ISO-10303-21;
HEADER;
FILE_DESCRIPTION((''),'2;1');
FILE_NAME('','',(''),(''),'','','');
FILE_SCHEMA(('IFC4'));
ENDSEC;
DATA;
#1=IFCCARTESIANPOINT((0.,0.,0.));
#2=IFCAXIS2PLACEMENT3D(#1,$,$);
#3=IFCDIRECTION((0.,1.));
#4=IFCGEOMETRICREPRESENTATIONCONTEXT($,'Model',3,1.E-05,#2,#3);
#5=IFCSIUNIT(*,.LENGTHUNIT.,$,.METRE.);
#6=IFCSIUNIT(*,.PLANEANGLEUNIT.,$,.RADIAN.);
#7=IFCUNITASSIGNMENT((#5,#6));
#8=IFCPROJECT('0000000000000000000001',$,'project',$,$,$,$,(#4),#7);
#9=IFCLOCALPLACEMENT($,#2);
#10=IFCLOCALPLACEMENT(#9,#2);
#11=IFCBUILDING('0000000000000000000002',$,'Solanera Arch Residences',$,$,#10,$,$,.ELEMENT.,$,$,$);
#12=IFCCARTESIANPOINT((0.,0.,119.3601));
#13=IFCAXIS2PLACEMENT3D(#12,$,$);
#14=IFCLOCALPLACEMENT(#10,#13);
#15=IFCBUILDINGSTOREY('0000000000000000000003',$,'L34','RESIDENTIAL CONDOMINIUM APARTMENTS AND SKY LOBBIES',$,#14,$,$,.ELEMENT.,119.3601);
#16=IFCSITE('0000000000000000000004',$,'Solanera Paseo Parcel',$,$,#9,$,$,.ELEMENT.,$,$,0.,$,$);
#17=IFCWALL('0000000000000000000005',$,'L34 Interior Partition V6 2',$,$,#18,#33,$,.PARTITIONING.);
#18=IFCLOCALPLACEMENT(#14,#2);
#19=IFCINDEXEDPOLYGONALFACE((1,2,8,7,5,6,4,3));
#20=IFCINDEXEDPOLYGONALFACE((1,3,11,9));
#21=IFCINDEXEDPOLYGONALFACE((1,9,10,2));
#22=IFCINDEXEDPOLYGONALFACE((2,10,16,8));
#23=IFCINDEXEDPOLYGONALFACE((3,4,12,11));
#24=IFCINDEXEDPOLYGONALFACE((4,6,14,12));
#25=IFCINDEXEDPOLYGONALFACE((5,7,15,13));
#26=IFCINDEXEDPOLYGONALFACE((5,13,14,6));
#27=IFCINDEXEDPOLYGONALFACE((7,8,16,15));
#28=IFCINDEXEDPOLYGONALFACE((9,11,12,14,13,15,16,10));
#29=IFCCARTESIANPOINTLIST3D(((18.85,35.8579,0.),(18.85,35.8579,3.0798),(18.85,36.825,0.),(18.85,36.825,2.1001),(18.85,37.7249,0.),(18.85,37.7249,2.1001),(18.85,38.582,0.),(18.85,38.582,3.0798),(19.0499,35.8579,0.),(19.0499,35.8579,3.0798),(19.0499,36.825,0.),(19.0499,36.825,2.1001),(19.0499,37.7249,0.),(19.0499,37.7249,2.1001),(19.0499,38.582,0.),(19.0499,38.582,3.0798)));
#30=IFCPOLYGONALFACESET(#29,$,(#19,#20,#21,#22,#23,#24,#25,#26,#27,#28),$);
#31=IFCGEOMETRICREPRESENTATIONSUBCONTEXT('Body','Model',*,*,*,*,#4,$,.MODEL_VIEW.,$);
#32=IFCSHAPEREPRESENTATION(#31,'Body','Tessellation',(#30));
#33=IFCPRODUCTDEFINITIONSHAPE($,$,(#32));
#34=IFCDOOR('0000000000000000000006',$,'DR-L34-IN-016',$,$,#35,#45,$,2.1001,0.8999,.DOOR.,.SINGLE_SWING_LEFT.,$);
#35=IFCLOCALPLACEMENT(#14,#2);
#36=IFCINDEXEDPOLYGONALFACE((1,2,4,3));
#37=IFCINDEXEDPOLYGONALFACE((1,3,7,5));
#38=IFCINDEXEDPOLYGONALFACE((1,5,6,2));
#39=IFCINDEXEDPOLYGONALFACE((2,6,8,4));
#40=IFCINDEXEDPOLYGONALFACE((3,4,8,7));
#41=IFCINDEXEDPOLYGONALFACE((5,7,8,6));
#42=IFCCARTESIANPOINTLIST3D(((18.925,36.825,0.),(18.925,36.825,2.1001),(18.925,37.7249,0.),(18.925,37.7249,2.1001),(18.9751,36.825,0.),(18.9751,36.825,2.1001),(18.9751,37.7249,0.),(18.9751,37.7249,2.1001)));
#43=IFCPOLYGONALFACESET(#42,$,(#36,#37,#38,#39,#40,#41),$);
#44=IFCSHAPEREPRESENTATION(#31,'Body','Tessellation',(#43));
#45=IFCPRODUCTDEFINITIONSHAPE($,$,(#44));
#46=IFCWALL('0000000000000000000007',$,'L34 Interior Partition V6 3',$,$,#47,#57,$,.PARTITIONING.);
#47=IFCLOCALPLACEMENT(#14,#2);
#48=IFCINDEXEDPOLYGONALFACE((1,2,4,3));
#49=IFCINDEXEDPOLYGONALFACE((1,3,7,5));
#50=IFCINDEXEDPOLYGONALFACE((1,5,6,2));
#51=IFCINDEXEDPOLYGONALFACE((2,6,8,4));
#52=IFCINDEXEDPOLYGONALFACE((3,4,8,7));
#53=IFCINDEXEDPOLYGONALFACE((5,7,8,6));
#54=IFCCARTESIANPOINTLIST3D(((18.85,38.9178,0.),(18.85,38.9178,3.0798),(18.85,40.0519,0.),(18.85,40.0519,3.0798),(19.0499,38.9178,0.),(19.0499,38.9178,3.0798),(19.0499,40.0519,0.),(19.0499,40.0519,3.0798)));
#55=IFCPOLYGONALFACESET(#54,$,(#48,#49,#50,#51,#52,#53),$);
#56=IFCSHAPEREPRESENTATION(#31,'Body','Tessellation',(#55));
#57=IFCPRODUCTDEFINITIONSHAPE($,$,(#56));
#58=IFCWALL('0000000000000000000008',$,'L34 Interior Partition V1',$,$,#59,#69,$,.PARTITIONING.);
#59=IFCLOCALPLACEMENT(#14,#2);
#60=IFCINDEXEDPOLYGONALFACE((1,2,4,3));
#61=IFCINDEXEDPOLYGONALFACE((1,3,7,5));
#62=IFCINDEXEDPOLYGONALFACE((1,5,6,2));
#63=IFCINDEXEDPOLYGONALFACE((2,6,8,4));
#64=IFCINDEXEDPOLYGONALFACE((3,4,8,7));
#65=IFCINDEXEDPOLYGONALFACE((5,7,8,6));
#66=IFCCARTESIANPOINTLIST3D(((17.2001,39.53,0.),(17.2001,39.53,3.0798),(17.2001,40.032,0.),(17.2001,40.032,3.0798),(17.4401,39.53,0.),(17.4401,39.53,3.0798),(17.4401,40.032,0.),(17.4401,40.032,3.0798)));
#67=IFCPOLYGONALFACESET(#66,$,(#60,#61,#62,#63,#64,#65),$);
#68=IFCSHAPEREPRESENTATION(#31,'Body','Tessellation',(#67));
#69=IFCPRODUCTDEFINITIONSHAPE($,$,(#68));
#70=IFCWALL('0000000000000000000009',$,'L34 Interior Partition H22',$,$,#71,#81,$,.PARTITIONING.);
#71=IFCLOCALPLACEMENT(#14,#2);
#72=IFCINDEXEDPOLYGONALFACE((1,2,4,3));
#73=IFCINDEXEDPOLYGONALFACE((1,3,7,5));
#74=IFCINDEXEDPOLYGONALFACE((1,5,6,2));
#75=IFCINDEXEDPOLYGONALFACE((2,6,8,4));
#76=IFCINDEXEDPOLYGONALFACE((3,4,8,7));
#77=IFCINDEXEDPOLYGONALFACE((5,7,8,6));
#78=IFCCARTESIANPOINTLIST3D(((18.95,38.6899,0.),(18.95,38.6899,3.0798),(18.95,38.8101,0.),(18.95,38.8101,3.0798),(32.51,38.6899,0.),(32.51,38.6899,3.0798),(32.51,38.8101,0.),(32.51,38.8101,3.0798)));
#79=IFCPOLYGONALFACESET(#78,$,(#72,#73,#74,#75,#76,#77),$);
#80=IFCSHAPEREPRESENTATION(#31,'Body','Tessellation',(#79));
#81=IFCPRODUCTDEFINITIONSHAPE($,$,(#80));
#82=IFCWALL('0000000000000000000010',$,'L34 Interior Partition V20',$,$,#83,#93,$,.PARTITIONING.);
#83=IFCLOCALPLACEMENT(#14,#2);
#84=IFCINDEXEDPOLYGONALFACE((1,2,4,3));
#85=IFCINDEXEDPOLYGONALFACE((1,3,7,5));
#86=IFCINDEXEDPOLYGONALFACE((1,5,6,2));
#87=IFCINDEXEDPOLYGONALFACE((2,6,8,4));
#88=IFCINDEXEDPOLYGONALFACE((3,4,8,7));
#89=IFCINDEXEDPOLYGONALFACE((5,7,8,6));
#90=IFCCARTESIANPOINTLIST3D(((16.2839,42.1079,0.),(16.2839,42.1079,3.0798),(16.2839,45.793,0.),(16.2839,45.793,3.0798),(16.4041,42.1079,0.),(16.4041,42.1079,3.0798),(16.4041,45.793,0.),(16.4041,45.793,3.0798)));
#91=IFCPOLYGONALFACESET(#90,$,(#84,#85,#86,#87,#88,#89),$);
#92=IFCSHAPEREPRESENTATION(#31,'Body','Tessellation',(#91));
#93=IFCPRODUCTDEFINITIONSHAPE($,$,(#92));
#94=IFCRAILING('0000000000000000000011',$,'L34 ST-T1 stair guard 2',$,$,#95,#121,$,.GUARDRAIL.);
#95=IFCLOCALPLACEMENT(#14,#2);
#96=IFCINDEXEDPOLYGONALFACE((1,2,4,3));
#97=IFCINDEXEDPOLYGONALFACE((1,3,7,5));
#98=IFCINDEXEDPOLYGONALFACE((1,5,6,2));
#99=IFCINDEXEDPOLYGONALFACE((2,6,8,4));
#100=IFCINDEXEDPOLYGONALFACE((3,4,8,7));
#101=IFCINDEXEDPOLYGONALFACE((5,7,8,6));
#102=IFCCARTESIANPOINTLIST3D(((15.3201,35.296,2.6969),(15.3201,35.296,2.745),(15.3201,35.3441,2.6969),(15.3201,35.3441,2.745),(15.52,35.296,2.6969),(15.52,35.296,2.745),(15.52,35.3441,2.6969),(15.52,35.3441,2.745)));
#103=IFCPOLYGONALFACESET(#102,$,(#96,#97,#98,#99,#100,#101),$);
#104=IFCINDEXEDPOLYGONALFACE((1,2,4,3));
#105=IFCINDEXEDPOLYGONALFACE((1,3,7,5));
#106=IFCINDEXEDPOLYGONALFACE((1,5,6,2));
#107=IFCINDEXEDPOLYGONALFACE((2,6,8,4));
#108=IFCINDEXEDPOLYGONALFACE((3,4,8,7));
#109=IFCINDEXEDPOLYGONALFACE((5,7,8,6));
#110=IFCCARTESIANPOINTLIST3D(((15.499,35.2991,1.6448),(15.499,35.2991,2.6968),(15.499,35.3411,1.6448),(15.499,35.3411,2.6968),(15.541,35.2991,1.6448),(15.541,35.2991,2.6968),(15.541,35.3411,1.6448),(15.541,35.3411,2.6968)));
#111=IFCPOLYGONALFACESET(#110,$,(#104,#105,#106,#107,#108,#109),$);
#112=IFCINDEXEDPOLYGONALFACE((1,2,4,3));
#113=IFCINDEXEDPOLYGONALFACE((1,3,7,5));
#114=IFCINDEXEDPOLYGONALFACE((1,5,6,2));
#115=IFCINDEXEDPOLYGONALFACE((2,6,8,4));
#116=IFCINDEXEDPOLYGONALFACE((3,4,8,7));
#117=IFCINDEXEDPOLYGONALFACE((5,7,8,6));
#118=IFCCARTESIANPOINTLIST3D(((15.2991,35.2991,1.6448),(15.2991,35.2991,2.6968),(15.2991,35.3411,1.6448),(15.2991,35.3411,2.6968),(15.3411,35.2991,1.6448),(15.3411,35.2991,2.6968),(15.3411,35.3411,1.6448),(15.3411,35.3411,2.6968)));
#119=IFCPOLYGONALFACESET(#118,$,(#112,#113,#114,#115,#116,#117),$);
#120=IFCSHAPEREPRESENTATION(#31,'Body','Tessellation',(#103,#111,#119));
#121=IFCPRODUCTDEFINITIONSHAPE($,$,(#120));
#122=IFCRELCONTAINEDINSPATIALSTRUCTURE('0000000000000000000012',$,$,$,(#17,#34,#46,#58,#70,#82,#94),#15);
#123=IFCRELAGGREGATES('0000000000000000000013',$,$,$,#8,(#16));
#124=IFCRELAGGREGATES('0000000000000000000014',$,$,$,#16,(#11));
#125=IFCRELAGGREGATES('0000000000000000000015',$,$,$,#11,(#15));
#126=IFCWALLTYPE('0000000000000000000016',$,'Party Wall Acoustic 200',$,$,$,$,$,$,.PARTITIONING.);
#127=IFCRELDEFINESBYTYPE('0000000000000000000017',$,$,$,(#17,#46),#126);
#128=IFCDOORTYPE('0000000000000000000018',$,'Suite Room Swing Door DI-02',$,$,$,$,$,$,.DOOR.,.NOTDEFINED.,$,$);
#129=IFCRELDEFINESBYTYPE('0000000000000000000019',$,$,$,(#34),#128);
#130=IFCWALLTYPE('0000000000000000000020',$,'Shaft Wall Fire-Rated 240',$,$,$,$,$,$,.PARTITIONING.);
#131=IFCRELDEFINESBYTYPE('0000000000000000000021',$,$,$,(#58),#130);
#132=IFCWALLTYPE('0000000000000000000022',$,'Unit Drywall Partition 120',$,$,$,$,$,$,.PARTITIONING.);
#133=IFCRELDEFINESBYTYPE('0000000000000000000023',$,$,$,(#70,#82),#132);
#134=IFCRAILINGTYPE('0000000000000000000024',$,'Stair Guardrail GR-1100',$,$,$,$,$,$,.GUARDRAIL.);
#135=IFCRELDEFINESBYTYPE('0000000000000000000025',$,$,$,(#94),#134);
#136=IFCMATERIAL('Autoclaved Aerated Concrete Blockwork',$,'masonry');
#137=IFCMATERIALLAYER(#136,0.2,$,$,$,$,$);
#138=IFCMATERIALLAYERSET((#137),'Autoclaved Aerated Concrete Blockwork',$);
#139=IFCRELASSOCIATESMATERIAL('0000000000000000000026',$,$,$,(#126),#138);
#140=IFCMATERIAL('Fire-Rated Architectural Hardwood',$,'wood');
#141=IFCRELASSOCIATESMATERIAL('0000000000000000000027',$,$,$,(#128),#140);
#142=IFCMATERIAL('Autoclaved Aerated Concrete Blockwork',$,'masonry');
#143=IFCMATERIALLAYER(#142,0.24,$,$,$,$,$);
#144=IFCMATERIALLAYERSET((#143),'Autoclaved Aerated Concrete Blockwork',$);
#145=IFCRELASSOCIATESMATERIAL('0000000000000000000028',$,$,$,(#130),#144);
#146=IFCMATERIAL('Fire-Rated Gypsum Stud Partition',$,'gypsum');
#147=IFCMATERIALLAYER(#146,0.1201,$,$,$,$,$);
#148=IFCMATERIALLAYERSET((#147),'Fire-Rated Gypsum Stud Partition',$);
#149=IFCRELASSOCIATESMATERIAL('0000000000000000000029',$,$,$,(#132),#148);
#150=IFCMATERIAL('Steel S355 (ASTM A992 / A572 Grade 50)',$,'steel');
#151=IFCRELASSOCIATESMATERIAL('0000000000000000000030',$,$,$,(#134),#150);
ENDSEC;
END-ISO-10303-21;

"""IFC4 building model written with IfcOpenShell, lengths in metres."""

from ifc_helpers import new_model, si_unit, direction, frame, frame_2d, origin, origin_2d, place, context, subcontext, project, spatial, rectangle, extrude, material, layer, layer_set, type_object, element, fill, save


model = new_model("IFC4")

# Units and contexts
model_context = context("Model", 3, precision=1e-05, world=origin(), true_north=direction((0.0, 1.0)))
body_context = subcontext(model_context, "Body", "Model", "MODEL_VIEW")
ifc_project = project(units=[si_unit("LENGTHUNIT", "METRE"), si_unit("PLANEANGLEUNIT", "RADIAN")], contexts=[model_context])

# Site, building, storey
site_placement = place(None, origin())
site = spatial("IfcSite", under=ifc_project, at=site_placement, Name="Solanera Paseo Parcel", CompositionType="ELEMENT", RefElevation=0.0)
building_placement = place(site_placement, origin())
building = spatial("IfcBuilding", under=site, at=building_placement, Name="Solanera Arch Residences", CompositionType="ELEMENT")
storey_placement = place(building_placement, frame((0.0, 0.0, 119.3601)))
storey = spatial("IfcBuildingStorey", under=building, at=storey_placement, Name="L34", Description="RESIDENTIAL CONDOMINIUM APARTMENTS AND SKY LOBBIES", CompositionType="ELEMENT", Elevation=119.3601)

# Shared definitions
ifc_material_1 = material(Name="Autoclaved Aerated Concrete Blockwork", Category="masonry")
ifc_layer_1 = layer(ifc_material_1, 0.2)
ifc_layer_set_1 = layer_set([ifc_layer_1], Name="Autoclaved Aerated Concrete Blockwork")
wall_type_1 = type_object("IfcWallType", Name="Party Wall Acoustic 200", PredefinedType="PARTITIONING", material=ifc_layer_set_1)

# Wall, opening, door
wall_1_placement = place(storey_placement, frame((18.95, 35.8579, 0.0), z_axis=(0.0, 0.0, 1.0), x_axis=(0.0, 1.0, 0.0)))
wall_1 = element("IfcWall", 1, at=wall_1_placement, inside=storey, type_object=wall_type_1, Name="L34 Interior Partition V6 2", PredefinedType="PARTITIONING", context=body_context, shape_type="SweptSolid", body=[
    extrude(rectangle(XDim=2.7241, YDim=0.2, at=frame_2d((1.3621, 0.0))), origin(), (0.0, 0.0, 1.0), 3.0798),
])
opening_placement = place(wall_1_placement, frame((0.967, 0.0, 0.0)))
opening = element("IfcOpeningElement", 2, at=opening_placement, cuts=wall_1, PredefinedType="OPENING", context=body_context, shape_type="SweptSolid", body=[
    extrude(rectangle(XDim=0.8999, YDim=2.1001, at=frame_2d((0.45, 1.05))), frame((0.0, 0.1101, 0.0), z_axis=(0.0, -1.0, 0.0), x_axis=(1.0, 0.0, 0.0)), (0.0, 0.0, 1.0), 0.22),
])
ifc_material_2 = material(Name="Fire-Rated Architectural Hardwood", Category="wood")
door_type = type_object("IfcDoorType", Name="Suite Room Swing Door DI-02", OperationType="NOTDEFINED", PredefinedType="DOOR", material=ifc_material_2)
door_placement = place(opening_placement, origin())
door = element("IfcDoor", 3, at=door_placement, inside=storey, type_object=door_type, Name="DR-L34-IN-016", OperationType="SINGLE_SWING_LEFT", OverallHeight=2.1001, OverallWidth=0.8999, PredefinedType="DOOR", context=body_context, shape_type="SweptSolid", body=[
    extrude(rectangle(XDim=0.8999, YDim=2.1001, at=frame_2d((0.45, 1.05))), frame((0.0, 0.0249, 0.0), z_axis=(0.0, -1.0, 0.0), x_axis=(1.0, 0.0, 0.0)), (0.0, 0.0, 1.0), 0.05),
])
fill(opening, door)

# Walls
wall_2_placement = place(storey_placement, frame((18.95, 38.918, 0.0), z_axis=(0.0, 0.0, 1.0), x_axis=(0.0, 1.0, 0.0)))
element("IfcWall", 4, at=wall_2_placement, inside=storey, type_object=wall_type_1, Name="L34 Interior Partition V6 3", PredefinedType="PARTITIONING", context=body_context, shape_type="SweptSolid", body=[
    extrude(rectangle(XDim=1.134, YDim=0.2, at=frame_2d((0.5669, 0.0))), origin(), (0.0, 0.0, 1.0), 3.0798),
])
ifc_material_3 = material(Name="Autoclaved Aerated Concrete Blockwork", Category="masonry")
ifc_layer_2 = layer(ifc_material_3, 0.24)
ifc_layer_set_2 = layer_set([ifc_layer_2], Name="Autoclaved Aerated Concrete Blockwork")
wall_type_2 = type_object("IfcWallType", Name="Shaft Wall Fire-Rated 240", PredefinedType="PARTITIONING", material=ifc_layer_set_2)
wall_3_placement = place(storey_placement, frame((17.3201, 39.53, 0.0), z_axis=(0.0, 0.0, 1.0), x_axis=(0.0, 1.0, 0.0)))
element("IfcWall", 5, at=wall_3_placement, inside=storey, type_object=wall_type_2, Name="L34 Interior Partition V1", PredefinedType="PARTITIONING", context=body_context, shape_type="SweptSolid", body=[
    extrude(rectangle(XDim=0.502, YDim=0.24, at=frame_2d((0.251, 0.0))), origin(), (0.0, 0.0, 1.0), 3.0798),
])
ifc_material_4 = material(Name="Fire-Rated Gypsum Stud Partition", Category="gypsum")
ifc_layer_3 = layer(ifc_material_4, 0.1201)
ifc_layer_set_3 = layer_set([ifc_layer_3], Name="Fire-Rated Gypsum Stud Partition")
wall_type_3 = type_object("IfcWallType", Name="Unit Drywall Partition 120", PredefinedType="PARTITIONING", material=ifc_layer_set_3)
wall_4_placement = place(storey_placement, frame((18.95, 38.75, 0.0), z_axis=(0.0, 0.0, 1.0), x_axis=(1.0, 0.0, 0.0)))
element("IfcWall", 6, at=wall_4_placement, inside=storey, type_object=wall_type_3, Name="L34 Interior Partition H22", PredefinedType="PARTITIONING", context=body_context, shape_type="SweptSolid", body=[
    extrude(rectangle(XDim=13.5601, YDim=0.1201, at=frame_2d((6.78, 0.0))), origin(), (0.0, 0.0, 1.0), 3.0798),
])
wall_5_placement = place(storey_placement, frame((16.344, 42.1079, 0.0), z_axis=(0.0, 0.0, 1.0), x_axis=(0.0, 1.0, 0.0)))
element("IfcWall", 7, at=wall_5_placement, inside=storey, type_object=wall_type_3, Name="L34 Interior Partition V20", PredefinedType="PARTITIONING", context=body_context, shape_type="SweptSolid", body=[
    extrude(rectangle(XDim=3.6851, YDim=0.1201, at=frame_2d((1.8425, 0.0))), origin(), (0.0, 0.0, 1.0), 3.0798),
])

# Railing
ifc_material_5 = material(Name="Steel S355 (ASTM A992 / A572 Grade 50)", Category="steel")
railing_type = type_object("IfcRailingType", Name="Stair Guardrail GR-1100", PredefinedType="GUARDRAIL", material=ifc_material_5)
railing_placement = place(storey_placement, frame((15.52, 35.3201, 1.6448)))
element("IfcRailing", 8, at=railing_placement, inside=storey, type_object=railing_type, Name="L34 ST-T1 stair guard 2", PredefinedType="GUARDRAIL", context=body_context, shape_type="SweptSolid", body=[
    extrude(rectangle(XDim=0.0481, YDim=0.0481, at=origin_2d()), frame((0.0, 0.0, 1.0762), z_axis=(-1.0, 0.0, 0.0), x_axis=(0.0, -1.0, 0.0)), (0.0, 0.0, 1.0), 0.2),
    extrude(rectangle(XDim=0.042, YDim=0.042, at=origin_2d()), origin(), (0.0, 0.0, 1.0), 1.052),
    extrude(rectangle(XDim=0.042, YDim=0.042, at=origin_2d()), frame((-0.2, 0.0, 0.0)), (0.0, 0.0, 1.0), 1.052),
])

save(model, "model.ifc")
